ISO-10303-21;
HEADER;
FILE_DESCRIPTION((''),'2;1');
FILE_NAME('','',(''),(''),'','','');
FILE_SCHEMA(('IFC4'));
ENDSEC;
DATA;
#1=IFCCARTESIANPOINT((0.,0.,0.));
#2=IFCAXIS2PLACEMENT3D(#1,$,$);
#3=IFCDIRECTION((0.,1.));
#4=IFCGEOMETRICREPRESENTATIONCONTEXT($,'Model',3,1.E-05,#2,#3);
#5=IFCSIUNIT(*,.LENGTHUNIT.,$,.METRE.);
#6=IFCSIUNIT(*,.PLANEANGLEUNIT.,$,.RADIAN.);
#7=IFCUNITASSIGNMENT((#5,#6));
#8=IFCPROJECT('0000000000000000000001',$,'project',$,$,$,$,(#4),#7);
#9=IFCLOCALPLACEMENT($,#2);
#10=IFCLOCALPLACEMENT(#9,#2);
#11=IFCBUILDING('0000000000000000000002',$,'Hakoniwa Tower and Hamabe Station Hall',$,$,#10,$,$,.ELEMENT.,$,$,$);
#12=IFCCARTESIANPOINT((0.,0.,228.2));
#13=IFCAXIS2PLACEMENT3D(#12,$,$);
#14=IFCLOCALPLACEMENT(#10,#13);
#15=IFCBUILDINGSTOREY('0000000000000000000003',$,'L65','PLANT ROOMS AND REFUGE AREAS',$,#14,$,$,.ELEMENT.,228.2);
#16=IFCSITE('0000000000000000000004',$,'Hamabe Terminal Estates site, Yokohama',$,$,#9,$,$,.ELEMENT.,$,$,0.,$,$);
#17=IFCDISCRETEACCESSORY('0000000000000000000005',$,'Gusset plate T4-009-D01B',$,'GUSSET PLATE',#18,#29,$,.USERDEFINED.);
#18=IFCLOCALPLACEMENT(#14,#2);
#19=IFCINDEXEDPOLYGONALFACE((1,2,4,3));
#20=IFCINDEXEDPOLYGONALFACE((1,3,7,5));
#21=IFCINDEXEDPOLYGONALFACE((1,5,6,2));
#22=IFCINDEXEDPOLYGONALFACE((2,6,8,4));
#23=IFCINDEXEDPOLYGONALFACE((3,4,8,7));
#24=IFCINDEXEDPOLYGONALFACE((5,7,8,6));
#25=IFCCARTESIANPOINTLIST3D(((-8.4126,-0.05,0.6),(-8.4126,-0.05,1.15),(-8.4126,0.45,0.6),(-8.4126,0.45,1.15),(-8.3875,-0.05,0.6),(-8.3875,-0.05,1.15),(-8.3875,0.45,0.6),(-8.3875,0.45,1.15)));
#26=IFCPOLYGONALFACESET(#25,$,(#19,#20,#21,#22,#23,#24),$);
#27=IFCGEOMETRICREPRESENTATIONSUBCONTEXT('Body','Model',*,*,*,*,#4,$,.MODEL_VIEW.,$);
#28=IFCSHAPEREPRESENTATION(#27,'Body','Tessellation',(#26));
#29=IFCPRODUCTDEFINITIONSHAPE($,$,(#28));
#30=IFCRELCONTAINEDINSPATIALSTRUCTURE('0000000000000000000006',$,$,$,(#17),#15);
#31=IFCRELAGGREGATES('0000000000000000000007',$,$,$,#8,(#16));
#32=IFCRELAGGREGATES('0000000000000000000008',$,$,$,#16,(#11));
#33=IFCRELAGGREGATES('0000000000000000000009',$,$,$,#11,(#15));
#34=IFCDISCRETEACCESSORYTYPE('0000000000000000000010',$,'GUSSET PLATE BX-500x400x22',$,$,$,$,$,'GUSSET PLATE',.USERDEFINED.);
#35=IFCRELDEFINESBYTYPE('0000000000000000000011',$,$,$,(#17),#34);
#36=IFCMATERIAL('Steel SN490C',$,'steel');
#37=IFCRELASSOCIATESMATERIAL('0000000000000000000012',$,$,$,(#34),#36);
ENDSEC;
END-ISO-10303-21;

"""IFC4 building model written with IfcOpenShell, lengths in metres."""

from ifc_helpers import new_model, si_unit, direction, frame, origin, origin_2d, place, context, subcontext, project, spatial, rectangle, extrude, material, material_profile, profile_set, type_object, element, save


model = new_model("IFC4")

# Units and contexts
model_context = context("Model", 3, precision=1e-05, world=origin(), true_north=direction((0.0, 1.0)))
body_context = subcontext(model_context, "Body", "Model", "MODEL_VIEW")
ifc_project = project(units=[si_unit("LENGTHUNIT", "METRE"), si_unit("PLANEANGLEUNIT", "RADIAN")], contexts=[model_context])

# Site, building, storey
site_placement = place(None, origin())
site = spatial("IfcSite", under=ifc_project, at=site_placement, Name="Hamabe Terminal Estates site, Yokohama", CompositionType="ELEMENT", RefElevation=0.0)
building_placement = place(site_placement, origin())
building = spatial("IfcBuilding", under=site, at=building_placement, Name="Hakoniwa Tower and Hamabe Station Hall", CompositionType="ELEMENT")
storey_placement = place(building_placement, frame((0.0, 0.0, 228.2)))
storey = spatial("IfcBuildingStorey", under=building, at=storey_placement, Name="L65", Description="PLANT ROOMS AND REFUGE AREAS", CompositionType="ELEMENT", Elevation=228.2)

# Discrete accessory
ifc_material_1 = material(Name="Steel SN490C", Category="steel")
ifc_material_profile_1 = material_profile(ifc_material_1, rectangle(XDim=0.5, YDim=0.55, at=origin_2d()), Name="GUSSET PLATE BX-500x400x22")
ifc_profile_set_1 = profile_set([ifc_material_profile_1], Name="Steel SN490C")
discrete_accessory_type = type_object("IfcDiscreteAccessoryType", Name="GUSSET PLATE BX-500x400x22", ElementType="GUSSET PLATE", PredefinedType="USERDEFINED", material=ifc_profile_set_1)
for number, where, z_axis, x_axis, name in (
    (1, (-8.3875, 0.2, 0.875), (-1.0, 0.0, 0.0), (0.0, -1.0, 0.0), "Gusset plate T4-009-D01B"),
):
    element("IfcDiscreteAccessory", number, at=place(storey_placement, frame(where, z_axis=z_axis, x_axis=x_axis)), inside=storey, type_object=discrete_accessory_type, Name=name, ObjectType="GUSSET PLATE", PredefinedType="USERDEFINED", context=body_context, shape_type="SweptSolid", body=[
        extrude(rectangle(XDim=0.5, YDim=0.55, at=origin_2d()), origin(), (0.0, 0.0, 1.0), 0.0251),
    ])

save(model, "model.ifc")
